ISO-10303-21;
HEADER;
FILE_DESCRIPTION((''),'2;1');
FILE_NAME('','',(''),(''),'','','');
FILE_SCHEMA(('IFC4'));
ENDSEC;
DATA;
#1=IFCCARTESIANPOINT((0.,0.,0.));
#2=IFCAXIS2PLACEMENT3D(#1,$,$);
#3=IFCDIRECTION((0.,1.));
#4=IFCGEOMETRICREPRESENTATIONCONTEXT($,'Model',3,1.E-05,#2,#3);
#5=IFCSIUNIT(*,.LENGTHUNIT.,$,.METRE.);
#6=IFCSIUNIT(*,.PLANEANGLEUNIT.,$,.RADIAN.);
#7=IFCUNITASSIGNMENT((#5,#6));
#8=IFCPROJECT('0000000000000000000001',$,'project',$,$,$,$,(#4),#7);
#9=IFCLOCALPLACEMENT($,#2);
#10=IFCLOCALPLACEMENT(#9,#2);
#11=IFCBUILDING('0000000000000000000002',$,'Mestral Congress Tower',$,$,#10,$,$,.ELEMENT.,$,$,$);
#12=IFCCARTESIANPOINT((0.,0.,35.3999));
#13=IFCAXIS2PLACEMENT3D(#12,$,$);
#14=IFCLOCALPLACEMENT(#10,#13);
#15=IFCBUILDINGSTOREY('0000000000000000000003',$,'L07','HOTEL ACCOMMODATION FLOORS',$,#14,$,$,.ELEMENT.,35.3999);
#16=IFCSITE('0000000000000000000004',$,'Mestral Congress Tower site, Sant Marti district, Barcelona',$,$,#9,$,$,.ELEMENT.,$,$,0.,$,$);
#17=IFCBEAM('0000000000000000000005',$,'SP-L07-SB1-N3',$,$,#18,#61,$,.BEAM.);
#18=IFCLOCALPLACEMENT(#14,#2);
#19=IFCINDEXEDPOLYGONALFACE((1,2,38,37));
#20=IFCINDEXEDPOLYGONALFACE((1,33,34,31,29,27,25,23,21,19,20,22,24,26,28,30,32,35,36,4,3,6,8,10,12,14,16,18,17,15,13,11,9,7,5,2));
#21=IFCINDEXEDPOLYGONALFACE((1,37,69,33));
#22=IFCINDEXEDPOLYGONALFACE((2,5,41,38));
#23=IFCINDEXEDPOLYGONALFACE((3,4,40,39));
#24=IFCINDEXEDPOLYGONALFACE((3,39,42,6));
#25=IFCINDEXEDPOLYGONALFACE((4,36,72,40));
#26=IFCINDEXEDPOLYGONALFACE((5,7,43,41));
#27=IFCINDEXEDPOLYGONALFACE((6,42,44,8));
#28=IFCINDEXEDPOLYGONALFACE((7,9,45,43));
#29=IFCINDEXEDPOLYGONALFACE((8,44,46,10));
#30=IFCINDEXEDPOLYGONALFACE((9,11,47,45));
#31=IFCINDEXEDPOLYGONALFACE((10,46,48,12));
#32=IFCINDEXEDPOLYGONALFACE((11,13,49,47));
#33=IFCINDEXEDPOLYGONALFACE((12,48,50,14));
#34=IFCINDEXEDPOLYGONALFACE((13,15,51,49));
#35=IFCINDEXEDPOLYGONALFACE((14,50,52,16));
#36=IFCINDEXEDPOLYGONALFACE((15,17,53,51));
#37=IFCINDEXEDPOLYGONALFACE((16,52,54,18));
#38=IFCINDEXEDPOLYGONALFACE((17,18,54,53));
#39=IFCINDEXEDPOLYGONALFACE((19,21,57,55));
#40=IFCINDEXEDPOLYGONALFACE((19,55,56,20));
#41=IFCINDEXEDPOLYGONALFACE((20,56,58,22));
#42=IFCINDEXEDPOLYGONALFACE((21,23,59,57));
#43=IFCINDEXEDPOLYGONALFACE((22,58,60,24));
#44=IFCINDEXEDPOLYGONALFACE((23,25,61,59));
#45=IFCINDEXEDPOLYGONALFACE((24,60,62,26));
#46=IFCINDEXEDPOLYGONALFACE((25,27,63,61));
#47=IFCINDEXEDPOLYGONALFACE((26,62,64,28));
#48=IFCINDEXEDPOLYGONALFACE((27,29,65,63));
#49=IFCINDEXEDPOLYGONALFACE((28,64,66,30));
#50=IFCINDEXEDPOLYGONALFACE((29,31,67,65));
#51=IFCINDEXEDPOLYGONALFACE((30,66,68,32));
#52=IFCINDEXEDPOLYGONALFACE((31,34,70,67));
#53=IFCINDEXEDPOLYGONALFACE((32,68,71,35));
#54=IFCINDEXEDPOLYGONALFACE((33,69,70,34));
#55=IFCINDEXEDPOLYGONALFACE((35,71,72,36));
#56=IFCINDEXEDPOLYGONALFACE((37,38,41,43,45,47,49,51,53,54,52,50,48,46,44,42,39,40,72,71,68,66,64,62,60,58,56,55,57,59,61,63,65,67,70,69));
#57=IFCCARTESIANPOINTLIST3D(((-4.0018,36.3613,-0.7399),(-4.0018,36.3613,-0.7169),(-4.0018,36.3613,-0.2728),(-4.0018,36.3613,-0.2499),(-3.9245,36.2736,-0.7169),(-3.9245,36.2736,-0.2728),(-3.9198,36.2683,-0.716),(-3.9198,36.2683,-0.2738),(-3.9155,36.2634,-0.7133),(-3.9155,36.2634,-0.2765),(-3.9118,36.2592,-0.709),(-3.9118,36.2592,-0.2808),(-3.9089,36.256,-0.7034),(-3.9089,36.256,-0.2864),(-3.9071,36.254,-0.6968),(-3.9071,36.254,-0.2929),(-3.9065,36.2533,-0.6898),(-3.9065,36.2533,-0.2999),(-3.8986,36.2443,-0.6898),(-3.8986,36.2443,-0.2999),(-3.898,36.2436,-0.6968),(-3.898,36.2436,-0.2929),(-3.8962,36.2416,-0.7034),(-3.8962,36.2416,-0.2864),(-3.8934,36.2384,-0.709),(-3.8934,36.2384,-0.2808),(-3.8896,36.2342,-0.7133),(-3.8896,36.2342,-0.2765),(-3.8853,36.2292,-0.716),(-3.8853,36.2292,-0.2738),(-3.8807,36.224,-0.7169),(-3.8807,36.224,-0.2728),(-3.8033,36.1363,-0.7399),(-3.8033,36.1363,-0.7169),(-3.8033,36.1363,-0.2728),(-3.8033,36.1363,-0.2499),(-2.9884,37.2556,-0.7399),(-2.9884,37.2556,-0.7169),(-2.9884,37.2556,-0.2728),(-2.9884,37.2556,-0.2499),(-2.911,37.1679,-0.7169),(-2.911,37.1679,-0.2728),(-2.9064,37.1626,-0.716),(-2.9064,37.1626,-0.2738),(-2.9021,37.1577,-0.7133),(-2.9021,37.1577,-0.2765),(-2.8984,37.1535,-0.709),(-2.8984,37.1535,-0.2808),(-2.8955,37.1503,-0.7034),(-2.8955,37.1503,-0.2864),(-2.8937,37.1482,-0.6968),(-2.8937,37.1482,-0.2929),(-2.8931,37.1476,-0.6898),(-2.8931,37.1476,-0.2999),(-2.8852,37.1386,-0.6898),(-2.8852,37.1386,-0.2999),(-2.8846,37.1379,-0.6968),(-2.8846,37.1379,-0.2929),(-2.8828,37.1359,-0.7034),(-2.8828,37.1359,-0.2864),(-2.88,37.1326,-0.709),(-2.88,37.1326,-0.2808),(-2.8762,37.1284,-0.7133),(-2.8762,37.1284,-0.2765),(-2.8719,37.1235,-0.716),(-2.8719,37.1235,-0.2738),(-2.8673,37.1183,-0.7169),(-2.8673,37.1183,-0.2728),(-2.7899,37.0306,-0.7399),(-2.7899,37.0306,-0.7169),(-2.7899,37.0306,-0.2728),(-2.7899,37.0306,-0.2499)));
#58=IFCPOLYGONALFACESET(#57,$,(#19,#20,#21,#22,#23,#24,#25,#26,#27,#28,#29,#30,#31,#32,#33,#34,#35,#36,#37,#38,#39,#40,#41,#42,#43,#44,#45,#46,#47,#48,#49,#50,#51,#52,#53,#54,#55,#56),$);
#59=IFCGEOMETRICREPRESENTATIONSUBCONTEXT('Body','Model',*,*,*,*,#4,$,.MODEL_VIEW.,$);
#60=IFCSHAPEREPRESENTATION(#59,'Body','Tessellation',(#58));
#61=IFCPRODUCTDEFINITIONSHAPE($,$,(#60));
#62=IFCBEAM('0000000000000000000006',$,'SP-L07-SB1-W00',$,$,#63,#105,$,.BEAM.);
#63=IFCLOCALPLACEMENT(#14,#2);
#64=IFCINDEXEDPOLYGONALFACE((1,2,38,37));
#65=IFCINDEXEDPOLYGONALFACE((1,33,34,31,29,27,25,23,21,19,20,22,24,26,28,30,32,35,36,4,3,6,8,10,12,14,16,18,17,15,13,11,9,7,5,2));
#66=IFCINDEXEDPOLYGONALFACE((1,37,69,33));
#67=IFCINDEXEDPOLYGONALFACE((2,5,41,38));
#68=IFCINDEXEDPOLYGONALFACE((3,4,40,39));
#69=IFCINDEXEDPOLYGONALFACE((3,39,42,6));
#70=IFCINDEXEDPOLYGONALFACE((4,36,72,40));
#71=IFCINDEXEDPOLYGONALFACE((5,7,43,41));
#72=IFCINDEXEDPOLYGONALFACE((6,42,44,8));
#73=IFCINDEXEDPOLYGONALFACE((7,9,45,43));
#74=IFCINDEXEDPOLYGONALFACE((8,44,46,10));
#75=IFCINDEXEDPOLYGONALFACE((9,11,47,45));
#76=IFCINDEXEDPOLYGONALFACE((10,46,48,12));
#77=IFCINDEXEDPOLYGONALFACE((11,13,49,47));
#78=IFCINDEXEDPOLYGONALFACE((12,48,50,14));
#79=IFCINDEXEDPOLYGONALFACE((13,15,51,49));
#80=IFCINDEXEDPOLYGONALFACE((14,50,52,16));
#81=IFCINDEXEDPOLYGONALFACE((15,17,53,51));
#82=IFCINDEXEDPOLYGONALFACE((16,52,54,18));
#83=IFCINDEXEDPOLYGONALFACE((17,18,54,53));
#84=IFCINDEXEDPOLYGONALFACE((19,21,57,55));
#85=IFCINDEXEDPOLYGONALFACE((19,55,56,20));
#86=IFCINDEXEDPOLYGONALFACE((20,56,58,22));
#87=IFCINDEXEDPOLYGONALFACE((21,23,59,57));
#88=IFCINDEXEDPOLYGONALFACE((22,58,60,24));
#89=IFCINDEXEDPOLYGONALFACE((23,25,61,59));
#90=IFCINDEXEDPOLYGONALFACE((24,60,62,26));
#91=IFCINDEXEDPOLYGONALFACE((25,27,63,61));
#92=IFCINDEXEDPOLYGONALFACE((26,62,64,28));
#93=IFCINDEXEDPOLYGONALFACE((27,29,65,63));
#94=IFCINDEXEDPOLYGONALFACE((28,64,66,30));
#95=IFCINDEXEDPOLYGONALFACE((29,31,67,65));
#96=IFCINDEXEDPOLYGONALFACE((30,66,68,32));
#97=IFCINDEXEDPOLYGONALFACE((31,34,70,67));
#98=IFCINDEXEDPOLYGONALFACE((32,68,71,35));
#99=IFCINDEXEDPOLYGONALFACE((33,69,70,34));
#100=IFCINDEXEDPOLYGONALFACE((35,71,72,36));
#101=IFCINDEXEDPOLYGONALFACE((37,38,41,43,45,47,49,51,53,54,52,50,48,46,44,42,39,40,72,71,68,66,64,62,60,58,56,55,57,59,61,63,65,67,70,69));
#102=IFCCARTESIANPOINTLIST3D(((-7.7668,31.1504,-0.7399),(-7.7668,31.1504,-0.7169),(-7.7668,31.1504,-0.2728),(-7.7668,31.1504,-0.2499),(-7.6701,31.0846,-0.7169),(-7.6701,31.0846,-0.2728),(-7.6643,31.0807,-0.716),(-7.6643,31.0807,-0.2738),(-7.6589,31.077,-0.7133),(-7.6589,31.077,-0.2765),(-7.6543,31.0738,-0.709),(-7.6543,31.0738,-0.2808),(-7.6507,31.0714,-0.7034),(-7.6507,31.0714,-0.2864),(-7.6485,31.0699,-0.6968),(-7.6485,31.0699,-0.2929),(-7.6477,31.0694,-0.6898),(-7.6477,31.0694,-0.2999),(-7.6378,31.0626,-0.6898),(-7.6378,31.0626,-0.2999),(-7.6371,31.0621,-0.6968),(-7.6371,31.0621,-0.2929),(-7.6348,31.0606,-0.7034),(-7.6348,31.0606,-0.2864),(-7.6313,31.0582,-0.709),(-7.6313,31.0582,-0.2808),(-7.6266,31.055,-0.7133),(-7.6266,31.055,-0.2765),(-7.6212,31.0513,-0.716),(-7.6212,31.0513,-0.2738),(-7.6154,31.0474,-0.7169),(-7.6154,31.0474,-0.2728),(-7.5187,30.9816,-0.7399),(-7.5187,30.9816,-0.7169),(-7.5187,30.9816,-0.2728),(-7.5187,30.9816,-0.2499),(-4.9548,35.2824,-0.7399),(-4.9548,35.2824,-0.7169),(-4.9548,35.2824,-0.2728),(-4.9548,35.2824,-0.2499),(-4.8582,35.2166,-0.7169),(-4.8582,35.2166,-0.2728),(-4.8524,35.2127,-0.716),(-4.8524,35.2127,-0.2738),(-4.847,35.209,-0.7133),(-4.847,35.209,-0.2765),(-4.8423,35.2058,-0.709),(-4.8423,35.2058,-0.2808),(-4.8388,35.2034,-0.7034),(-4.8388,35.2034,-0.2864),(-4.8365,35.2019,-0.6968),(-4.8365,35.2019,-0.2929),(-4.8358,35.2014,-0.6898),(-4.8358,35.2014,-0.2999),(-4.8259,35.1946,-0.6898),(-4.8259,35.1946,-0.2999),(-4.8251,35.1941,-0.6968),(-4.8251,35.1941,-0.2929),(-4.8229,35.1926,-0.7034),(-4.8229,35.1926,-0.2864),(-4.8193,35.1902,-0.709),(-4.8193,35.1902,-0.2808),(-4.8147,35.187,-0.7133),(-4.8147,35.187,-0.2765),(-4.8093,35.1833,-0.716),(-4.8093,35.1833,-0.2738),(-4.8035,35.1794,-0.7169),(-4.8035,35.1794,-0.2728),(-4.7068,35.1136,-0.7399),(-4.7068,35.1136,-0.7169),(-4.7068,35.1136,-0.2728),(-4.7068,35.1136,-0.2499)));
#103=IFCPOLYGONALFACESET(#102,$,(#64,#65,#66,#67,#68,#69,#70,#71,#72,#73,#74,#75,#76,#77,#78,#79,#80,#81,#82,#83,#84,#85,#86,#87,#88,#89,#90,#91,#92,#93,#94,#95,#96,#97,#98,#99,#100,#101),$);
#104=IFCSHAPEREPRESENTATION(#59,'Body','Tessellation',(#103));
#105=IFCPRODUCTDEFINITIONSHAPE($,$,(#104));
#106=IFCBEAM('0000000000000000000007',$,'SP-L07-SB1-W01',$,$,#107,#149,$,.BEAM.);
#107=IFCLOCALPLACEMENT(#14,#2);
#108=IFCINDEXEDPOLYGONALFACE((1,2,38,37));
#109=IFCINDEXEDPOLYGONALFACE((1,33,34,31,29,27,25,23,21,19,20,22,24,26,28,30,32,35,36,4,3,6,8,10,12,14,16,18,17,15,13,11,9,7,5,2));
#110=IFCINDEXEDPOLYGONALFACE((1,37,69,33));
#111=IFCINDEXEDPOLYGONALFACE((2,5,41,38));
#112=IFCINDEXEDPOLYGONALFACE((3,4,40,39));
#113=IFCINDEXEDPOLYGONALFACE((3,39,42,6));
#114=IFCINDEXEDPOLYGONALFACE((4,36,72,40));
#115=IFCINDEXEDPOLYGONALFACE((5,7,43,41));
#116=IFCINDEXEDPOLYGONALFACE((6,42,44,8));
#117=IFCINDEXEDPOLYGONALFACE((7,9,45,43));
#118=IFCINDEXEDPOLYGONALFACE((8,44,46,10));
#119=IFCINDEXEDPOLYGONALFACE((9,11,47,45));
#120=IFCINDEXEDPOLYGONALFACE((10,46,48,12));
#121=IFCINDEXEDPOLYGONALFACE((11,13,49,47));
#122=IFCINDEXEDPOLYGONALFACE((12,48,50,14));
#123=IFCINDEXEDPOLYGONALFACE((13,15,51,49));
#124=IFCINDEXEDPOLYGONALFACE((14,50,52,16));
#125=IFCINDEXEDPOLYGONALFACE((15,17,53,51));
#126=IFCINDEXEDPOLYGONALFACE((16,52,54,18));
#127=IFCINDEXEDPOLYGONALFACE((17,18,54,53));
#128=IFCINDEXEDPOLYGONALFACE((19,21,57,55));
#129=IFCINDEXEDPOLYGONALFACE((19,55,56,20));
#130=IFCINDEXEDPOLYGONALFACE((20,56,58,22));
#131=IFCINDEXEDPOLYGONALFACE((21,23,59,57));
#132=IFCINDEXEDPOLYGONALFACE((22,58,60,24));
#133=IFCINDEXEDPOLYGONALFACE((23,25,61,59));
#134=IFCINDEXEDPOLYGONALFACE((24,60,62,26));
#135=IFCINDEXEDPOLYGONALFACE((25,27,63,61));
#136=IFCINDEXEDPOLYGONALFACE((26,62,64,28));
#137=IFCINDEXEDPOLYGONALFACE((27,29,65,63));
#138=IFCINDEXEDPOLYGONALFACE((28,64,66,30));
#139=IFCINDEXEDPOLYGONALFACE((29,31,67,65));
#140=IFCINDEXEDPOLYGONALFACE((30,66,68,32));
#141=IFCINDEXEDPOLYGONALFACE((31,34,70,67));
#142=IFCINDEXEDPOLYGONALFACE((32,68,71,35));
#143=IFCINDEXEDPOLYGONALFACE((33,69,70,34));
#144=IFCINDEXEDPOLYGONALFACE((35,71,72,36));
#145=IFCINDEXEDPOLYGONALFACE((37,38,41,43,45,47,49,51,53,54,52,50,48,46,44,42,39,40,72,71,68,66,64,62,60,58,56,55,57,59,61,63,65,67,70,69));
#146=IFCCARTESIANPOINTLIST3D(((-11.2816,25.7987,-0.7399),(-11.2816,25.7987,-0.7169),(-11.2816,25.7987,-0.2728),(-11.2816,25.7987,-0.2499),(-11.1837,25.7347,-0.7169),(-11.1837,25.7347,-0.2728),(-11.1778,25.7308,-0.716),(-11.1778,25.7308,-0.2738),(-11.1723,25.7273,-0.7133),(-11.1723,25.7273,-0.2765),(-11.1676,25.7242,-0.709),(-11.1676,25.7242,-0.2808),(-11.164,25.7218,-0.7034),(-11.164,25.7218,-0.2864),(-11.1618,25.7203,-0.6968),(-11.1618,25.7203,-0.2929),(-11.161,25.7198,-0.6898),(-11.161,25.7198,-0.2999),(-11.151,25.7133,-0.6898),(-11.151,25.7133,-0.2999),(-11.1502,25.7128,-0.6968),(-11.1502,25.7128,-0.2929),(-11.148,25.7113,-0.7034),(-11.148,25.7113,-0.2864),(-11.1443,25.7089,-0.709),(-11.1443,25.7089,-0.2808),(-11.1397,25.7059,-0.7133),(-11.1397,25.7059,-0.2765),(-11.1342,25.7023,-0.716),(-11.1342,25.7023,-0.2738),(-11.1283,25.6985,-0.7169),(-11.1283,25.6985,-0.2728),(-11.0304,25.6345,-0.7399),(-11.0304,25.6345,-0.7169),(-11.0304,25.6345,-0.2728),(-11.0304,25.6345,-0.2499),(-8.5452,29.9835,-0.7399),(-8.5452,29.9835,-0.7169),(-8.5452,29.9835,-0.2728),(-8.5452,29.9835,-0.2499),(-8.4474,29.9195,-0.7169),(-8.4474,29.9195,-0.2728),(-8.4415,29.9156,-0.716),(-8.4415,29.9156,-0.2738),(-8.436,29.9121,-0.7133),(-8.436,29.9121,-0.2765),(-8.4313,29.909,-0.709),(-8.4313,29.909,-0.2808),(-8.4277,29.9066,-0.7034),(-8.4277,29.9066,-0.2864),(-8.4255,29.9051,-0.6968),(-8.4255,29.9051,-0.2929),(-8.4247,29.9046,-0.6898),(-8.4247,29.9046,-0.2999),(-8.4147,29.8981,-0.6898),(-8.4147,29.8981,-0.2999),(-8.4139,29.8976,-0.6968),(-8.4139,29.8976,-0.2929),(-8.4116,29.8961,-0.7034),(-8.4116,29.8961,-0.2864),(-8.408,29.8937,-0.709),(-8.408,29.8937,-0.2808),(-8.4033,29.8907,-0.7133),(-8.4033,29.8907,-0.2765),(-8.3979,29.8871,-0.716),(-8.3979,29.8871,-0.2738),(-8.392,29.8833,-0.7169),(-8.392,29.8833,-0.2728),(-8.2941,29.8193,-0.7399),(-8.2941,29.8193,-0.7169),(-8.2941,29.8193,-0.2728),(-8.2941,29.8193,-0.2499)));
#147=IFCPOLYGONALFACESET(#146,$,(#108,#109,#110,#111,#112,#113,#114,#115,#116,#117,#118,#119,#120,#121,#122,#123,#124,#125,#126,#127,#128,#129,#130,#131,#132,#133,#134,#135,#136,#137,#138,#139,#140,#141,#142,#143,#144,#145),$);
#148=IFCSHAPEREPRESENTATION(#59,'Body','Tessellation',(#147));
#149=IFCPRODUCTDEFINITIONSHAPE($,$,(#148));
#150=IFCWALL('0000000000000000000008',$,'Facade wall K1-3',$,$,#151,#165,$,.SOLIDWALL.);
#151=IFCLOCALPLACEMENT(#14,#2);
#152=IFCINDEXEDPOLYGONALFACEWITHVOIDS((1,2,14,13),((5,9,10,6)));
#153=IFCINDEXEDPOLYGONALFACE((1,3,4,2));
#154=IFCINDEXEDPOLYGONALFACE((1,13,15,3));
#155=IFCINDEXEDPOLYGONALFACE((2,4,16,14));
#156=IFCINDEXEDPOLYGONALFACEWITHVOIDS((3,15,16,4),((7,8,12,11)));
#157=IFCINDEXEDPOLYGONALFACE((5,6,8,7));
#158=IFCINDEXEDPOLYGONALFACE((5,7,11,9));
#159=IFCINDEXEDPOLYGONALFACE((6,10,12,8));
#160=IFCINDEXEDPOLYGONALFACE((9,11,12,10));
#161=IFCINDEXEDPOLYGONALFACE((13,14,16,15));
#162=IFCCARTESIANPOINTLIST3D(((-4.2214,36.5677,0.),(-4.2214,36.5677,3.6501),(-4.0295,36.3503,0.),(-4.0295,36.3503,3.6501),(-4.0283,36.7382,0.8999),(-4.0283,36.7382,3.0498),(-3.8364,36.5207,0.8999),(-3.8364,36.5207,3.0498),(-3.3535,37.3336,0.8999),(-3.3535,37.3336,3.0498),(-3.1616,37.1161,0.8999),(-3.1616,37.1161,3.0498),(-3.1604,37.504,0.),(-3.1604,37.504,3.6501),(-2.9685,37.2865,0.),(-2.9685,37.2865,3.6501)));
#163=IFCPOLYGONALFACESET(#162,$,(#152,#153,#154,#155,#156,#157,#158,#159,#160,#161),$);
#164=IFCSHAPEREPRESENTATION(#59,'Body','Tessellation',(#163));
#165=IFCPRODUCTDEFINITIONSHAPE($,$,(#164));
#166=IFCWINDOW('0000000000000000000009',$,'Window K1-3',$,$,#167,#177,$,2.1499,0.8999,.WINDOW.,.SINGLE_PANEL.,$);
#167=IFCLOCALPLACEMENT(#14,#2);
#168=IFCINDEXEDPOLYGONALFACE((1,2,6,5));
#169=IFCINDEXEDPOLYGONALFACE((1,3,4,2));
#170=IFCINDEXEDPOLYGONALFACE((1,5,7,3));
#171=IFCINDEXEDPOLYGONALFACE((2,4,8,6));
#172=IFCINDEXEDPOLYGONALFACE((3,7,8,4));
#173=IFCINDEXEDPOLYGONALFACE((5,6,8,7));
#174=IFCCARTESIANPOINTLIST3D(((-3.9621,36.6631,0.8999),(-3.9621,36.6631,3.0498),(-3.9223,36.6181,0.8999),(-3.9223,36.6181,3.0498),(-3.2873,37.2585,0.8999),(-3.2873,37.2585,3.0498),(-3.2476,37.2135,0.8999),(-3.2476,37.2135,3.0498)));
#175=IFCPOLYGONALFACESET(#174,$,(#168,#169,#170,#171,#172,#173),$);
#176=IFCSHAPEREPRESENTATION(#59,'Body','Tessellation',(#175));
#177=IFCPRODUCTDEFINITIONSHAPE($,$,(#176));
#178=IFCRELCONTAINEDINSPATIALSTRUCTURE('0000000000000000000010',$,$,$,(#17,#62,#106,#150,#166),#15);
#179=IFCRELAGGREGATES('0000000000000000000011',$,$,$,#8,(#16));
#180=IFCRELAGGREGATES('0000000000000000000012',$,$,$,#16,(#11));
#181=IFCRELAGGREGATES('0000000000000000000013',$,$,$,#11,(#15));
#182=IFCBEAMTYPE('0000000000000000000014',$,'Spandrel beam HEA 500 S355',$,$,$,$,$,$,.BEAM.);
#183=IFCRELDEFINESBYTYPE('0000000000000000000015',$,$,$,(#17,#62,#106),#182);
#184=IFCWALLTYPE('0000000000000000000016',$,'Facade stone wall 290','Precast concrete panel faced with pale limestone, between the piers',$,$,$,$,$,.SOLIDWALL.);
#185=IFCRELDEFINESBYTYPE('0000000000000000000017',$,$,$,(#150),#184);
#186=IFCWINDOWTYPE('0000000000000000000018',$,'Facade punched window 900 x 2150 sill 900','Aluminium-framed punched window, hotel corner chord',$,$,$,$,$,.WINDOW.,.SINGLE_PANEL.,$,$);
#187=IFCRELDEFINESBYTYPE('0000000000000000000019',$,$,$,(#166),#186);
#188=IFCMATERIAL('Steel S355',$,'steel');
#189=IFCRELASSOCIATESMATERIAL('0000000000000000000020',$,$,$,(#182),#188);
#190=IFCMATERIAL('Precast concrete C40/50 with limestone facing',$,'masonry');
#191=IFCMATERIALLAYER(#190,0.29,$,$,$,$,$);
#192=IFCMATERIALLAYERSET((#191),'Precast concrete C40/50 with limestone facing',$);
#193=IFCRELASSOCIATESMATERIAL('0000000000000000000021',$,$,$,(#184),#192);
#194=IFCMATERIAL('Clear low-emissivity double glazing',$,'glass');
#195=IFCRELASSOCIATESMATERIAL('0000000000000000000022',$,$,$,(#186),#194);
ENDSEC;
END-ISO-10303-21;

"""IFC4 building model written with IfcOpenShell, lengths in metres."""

from ifc_helpers import new_model, si_unit, direction, frame, frame_2d, origin, origin_2d, place, context, subcontext, project, spatial, rectangle, i_section, extrude, material, layer, layer_set, material_profile, profile_set, type_object, element, fill, save


model = new_model("IFC4")

# Units and contexts
model_context = context("Model", 3, precision=1e-05, world=origin(), true_north=direction((0.0, 1.0)))
body_context = subcontext(model_context, "Body", "Model", "MODEL_VIEW")
ifc_project = project(units=[si_unit("LENGTHUNIT", "METRE"), si_unit("PLANEANGLEUNIT", "RADIAN")], contexts=[model_context])

# Site, building, storey
site_placement = place(None, origin())
site = spatial("IfcSite", under=ifc_project, at=site_placement, Name="Mestral Congress Tower site, Sant Marti district, Barcelona", CompositionType="ELEMENT", RefElevation=0.0)
building_placement = place(site_placement, origin())
building = spatial("IfcBuilding", under=site, at=building_placement, Name="Mestral Congress Tower", CompositionType="ELEMENT")
storey_placement = place(building_placement, frame((0.0, 0.0, 35.3999)))
storey = spatial("IfcBuildingStorey", under=building, at=storey_placement, Name="L07", Description="HOTEL ACCOMMODATION FLOORS", CompositionType="ELEMENT", Elevation=35.3999)

# Beams
ifc_material_1 = material(Name="Steel S355", Category="steel")
ifc_material_profile_1 = material_profile(ifc_material_1, i_section(OverallWidth=0.3, OverallDepth=0.49, WebThickness=0.012, FlangeThickness=0.0229, FilletRadius=0.0271, at=origin_2d()), Name="HEA 500")
ifc_profile_set_1 = profile_set([ifc_material_profile_1], Name="Steel S355")
beam_type_1 = type_object("IfcBeamType", Name="Spandrel beam HEA 500 S355", PredefinedType="BEAM", material=ifc_profile_set_1)
beam_1_placement = place(storey_placement, frame((-2.8892, 37.1431, -0.4949), z_axis=(-0.749806, -0.661657, 0.0), x_axis=(0.661657, -0.749806, 0.0)))
element("IfcBeam", 1, at=beam_1_placement, inside=storey, type_object=beam_type_1, Name="SP-L07-SB1-N3", PredefinedType="BEAM", context=body_context, shape_type="SweptSolid", body=[
    extrude(i_section(OverallWidth=0.3, OverallDepth=0.49, WebThickness=0.012, FlangeThickness=0.0229, FilletRadius=0.0271, at=origin_2d()), origin(), (0.0, 0.0, 1.0), 1.3516),
])
beam_2_placement = place(storey_placement, frame((-4.8308, 35.198, -0.4949), z_axis=(-0.562611, -0.826722, 0.0), x_axis=(0.826722, -0.562611, 0.0)))
element("IfcBeam", 2, at=beam_2_placement, inside=storey, type_object=beam_type_1, Name="SP-L07-SB1-W00", PredefinedType="BEAM", context=body_context, shape_type="SweptSolid", body=[
    extrude(i_section(OverallWidth=0.3, OverallDepth=0.49, WebThickness=0.012, FlangeThickness=0.0229, FilletRadius=0.0271, at=origin_2d()), origin(), (0.0, 0.0, 1.0), 4.998),
])
beam_3_placement = place(storey_placement, frame((-8.4197, 29.9014, -0.4949), z_axis=(-0.547264, -0.83696, 0.0), x_axis=(0.83696, -0.547264, 0.0)))
element("IfcBeam", 3, at=beam_3_placement, inside=storey, type_object=beam_type_1, Name="SP-L07-SB1-W01", PredefinedType="BEAM", context=body_context, shape_type="SweptSolid", body=[
    extrude(i_section(OverallWidth=0.3, OverallDepth=0.49, WebThickness=0.012, FlangeThickness=0.0229, FilletRadius=0.0271, at=origin_2d()), origin(), (0.0, 0.0, 1.0), 5.0),
])

# Wall, opening, window
ifc_material_2 = material(Name="Precast concrete C40/50 with limestone facing", Category="masonry")
ifc_layer_1 = layer(ifc_material_2, 0.29)
ifc_layer_set_1 = layer_set([ifc_layer_1], Name="Precast concrete C40/50 with limestone facing")
wall_type_1 = type_object("IfcWallType", Name="Facade stone wall 290", Description="Precast concrete panel faced with pale limestone, between the piers", PredefinedType="SOLIDWALL", material=ifc_layer_set_1)
wall_1_placement = place(storey_placement, frame((-3.0645, 37.3953, 0.0), z_axis=(0.0, 0.0, 1.0), x_axis=(-0.749813, -0.66165, 0.0)))
wall_1 = element("IfcWall", 4, at=wall_1_placement, inside=storey, type_object=wall_type_1, Name="Facade wall K1-3", PredefinedType="SOLIDWALL", context=body_context, shape_type="SweptSolid", body=[
    extrude(rectangle(XDim=1.415, YDim=0.29, at=frame_2d((0.7075, 0.0))), origin(), (0.0, 0.0, 1.0), 3.6501),
])
opening_1_placement = place(wall_1_placement, frame((0.2576, 0.0, 0.8999)))
opening_1 = element("IfcOpeningElement", 5, at=opening_1_placement, cuts=wall_1, PredefinedType="OPENING", context=body_context, shape_type="SweptSolid", body=[
    extrude(rectangle(XDim=0.8999, YDim=2.1499, at=frame_2d((0.45, 1.075))), frame((0.0, 0.155, 0.0), z_axis=(0.0, -1.0, 0.0), x_axis=(1.0, 0.0, 0.0)), (0.0, 0.0, 1.0), 0.3101),
])
ifc_material_3 = material(Name="Clear low-emissivity double glazing", Category="glass")
window_type_1 = type_object("IfcWindowType", Name="Facade punched window 900 x 2150 sill 900", Description="Aluminium-framed punched window, hotel corner chord", PartitioningType="SINGLE_PANEL", PredefinedType="WINDOW", material=ifc_material_3)
window_1_placement = place(opening_1_placement, origin())
window_1 = element("IfcWindow", 6, at=window_1_placement, inside=storey, type_object=window_type_1, Name="Window K1-3", OverallHeight=2.1499, OverallWidth=0.8999, PartitioningType="SINGLE_PANEL", PredefinedType="WINDOW", context=body_context, shape_type="SweptSolid", body=[
    extrude(rectangle(XDim=0.8999, YDim=2.1499, at=frame_2d((0.45, 1.075))), frame((0.0, 0.0151, 0.0), z_axis=(0.0, -1.0, 0.0), x_axis=(1.0, 0.0, 0.0)), (0.0, 0.0, 1.0), 0.0601),
])
fill(opening_1, window_1)

save(model, "model.ifc")
